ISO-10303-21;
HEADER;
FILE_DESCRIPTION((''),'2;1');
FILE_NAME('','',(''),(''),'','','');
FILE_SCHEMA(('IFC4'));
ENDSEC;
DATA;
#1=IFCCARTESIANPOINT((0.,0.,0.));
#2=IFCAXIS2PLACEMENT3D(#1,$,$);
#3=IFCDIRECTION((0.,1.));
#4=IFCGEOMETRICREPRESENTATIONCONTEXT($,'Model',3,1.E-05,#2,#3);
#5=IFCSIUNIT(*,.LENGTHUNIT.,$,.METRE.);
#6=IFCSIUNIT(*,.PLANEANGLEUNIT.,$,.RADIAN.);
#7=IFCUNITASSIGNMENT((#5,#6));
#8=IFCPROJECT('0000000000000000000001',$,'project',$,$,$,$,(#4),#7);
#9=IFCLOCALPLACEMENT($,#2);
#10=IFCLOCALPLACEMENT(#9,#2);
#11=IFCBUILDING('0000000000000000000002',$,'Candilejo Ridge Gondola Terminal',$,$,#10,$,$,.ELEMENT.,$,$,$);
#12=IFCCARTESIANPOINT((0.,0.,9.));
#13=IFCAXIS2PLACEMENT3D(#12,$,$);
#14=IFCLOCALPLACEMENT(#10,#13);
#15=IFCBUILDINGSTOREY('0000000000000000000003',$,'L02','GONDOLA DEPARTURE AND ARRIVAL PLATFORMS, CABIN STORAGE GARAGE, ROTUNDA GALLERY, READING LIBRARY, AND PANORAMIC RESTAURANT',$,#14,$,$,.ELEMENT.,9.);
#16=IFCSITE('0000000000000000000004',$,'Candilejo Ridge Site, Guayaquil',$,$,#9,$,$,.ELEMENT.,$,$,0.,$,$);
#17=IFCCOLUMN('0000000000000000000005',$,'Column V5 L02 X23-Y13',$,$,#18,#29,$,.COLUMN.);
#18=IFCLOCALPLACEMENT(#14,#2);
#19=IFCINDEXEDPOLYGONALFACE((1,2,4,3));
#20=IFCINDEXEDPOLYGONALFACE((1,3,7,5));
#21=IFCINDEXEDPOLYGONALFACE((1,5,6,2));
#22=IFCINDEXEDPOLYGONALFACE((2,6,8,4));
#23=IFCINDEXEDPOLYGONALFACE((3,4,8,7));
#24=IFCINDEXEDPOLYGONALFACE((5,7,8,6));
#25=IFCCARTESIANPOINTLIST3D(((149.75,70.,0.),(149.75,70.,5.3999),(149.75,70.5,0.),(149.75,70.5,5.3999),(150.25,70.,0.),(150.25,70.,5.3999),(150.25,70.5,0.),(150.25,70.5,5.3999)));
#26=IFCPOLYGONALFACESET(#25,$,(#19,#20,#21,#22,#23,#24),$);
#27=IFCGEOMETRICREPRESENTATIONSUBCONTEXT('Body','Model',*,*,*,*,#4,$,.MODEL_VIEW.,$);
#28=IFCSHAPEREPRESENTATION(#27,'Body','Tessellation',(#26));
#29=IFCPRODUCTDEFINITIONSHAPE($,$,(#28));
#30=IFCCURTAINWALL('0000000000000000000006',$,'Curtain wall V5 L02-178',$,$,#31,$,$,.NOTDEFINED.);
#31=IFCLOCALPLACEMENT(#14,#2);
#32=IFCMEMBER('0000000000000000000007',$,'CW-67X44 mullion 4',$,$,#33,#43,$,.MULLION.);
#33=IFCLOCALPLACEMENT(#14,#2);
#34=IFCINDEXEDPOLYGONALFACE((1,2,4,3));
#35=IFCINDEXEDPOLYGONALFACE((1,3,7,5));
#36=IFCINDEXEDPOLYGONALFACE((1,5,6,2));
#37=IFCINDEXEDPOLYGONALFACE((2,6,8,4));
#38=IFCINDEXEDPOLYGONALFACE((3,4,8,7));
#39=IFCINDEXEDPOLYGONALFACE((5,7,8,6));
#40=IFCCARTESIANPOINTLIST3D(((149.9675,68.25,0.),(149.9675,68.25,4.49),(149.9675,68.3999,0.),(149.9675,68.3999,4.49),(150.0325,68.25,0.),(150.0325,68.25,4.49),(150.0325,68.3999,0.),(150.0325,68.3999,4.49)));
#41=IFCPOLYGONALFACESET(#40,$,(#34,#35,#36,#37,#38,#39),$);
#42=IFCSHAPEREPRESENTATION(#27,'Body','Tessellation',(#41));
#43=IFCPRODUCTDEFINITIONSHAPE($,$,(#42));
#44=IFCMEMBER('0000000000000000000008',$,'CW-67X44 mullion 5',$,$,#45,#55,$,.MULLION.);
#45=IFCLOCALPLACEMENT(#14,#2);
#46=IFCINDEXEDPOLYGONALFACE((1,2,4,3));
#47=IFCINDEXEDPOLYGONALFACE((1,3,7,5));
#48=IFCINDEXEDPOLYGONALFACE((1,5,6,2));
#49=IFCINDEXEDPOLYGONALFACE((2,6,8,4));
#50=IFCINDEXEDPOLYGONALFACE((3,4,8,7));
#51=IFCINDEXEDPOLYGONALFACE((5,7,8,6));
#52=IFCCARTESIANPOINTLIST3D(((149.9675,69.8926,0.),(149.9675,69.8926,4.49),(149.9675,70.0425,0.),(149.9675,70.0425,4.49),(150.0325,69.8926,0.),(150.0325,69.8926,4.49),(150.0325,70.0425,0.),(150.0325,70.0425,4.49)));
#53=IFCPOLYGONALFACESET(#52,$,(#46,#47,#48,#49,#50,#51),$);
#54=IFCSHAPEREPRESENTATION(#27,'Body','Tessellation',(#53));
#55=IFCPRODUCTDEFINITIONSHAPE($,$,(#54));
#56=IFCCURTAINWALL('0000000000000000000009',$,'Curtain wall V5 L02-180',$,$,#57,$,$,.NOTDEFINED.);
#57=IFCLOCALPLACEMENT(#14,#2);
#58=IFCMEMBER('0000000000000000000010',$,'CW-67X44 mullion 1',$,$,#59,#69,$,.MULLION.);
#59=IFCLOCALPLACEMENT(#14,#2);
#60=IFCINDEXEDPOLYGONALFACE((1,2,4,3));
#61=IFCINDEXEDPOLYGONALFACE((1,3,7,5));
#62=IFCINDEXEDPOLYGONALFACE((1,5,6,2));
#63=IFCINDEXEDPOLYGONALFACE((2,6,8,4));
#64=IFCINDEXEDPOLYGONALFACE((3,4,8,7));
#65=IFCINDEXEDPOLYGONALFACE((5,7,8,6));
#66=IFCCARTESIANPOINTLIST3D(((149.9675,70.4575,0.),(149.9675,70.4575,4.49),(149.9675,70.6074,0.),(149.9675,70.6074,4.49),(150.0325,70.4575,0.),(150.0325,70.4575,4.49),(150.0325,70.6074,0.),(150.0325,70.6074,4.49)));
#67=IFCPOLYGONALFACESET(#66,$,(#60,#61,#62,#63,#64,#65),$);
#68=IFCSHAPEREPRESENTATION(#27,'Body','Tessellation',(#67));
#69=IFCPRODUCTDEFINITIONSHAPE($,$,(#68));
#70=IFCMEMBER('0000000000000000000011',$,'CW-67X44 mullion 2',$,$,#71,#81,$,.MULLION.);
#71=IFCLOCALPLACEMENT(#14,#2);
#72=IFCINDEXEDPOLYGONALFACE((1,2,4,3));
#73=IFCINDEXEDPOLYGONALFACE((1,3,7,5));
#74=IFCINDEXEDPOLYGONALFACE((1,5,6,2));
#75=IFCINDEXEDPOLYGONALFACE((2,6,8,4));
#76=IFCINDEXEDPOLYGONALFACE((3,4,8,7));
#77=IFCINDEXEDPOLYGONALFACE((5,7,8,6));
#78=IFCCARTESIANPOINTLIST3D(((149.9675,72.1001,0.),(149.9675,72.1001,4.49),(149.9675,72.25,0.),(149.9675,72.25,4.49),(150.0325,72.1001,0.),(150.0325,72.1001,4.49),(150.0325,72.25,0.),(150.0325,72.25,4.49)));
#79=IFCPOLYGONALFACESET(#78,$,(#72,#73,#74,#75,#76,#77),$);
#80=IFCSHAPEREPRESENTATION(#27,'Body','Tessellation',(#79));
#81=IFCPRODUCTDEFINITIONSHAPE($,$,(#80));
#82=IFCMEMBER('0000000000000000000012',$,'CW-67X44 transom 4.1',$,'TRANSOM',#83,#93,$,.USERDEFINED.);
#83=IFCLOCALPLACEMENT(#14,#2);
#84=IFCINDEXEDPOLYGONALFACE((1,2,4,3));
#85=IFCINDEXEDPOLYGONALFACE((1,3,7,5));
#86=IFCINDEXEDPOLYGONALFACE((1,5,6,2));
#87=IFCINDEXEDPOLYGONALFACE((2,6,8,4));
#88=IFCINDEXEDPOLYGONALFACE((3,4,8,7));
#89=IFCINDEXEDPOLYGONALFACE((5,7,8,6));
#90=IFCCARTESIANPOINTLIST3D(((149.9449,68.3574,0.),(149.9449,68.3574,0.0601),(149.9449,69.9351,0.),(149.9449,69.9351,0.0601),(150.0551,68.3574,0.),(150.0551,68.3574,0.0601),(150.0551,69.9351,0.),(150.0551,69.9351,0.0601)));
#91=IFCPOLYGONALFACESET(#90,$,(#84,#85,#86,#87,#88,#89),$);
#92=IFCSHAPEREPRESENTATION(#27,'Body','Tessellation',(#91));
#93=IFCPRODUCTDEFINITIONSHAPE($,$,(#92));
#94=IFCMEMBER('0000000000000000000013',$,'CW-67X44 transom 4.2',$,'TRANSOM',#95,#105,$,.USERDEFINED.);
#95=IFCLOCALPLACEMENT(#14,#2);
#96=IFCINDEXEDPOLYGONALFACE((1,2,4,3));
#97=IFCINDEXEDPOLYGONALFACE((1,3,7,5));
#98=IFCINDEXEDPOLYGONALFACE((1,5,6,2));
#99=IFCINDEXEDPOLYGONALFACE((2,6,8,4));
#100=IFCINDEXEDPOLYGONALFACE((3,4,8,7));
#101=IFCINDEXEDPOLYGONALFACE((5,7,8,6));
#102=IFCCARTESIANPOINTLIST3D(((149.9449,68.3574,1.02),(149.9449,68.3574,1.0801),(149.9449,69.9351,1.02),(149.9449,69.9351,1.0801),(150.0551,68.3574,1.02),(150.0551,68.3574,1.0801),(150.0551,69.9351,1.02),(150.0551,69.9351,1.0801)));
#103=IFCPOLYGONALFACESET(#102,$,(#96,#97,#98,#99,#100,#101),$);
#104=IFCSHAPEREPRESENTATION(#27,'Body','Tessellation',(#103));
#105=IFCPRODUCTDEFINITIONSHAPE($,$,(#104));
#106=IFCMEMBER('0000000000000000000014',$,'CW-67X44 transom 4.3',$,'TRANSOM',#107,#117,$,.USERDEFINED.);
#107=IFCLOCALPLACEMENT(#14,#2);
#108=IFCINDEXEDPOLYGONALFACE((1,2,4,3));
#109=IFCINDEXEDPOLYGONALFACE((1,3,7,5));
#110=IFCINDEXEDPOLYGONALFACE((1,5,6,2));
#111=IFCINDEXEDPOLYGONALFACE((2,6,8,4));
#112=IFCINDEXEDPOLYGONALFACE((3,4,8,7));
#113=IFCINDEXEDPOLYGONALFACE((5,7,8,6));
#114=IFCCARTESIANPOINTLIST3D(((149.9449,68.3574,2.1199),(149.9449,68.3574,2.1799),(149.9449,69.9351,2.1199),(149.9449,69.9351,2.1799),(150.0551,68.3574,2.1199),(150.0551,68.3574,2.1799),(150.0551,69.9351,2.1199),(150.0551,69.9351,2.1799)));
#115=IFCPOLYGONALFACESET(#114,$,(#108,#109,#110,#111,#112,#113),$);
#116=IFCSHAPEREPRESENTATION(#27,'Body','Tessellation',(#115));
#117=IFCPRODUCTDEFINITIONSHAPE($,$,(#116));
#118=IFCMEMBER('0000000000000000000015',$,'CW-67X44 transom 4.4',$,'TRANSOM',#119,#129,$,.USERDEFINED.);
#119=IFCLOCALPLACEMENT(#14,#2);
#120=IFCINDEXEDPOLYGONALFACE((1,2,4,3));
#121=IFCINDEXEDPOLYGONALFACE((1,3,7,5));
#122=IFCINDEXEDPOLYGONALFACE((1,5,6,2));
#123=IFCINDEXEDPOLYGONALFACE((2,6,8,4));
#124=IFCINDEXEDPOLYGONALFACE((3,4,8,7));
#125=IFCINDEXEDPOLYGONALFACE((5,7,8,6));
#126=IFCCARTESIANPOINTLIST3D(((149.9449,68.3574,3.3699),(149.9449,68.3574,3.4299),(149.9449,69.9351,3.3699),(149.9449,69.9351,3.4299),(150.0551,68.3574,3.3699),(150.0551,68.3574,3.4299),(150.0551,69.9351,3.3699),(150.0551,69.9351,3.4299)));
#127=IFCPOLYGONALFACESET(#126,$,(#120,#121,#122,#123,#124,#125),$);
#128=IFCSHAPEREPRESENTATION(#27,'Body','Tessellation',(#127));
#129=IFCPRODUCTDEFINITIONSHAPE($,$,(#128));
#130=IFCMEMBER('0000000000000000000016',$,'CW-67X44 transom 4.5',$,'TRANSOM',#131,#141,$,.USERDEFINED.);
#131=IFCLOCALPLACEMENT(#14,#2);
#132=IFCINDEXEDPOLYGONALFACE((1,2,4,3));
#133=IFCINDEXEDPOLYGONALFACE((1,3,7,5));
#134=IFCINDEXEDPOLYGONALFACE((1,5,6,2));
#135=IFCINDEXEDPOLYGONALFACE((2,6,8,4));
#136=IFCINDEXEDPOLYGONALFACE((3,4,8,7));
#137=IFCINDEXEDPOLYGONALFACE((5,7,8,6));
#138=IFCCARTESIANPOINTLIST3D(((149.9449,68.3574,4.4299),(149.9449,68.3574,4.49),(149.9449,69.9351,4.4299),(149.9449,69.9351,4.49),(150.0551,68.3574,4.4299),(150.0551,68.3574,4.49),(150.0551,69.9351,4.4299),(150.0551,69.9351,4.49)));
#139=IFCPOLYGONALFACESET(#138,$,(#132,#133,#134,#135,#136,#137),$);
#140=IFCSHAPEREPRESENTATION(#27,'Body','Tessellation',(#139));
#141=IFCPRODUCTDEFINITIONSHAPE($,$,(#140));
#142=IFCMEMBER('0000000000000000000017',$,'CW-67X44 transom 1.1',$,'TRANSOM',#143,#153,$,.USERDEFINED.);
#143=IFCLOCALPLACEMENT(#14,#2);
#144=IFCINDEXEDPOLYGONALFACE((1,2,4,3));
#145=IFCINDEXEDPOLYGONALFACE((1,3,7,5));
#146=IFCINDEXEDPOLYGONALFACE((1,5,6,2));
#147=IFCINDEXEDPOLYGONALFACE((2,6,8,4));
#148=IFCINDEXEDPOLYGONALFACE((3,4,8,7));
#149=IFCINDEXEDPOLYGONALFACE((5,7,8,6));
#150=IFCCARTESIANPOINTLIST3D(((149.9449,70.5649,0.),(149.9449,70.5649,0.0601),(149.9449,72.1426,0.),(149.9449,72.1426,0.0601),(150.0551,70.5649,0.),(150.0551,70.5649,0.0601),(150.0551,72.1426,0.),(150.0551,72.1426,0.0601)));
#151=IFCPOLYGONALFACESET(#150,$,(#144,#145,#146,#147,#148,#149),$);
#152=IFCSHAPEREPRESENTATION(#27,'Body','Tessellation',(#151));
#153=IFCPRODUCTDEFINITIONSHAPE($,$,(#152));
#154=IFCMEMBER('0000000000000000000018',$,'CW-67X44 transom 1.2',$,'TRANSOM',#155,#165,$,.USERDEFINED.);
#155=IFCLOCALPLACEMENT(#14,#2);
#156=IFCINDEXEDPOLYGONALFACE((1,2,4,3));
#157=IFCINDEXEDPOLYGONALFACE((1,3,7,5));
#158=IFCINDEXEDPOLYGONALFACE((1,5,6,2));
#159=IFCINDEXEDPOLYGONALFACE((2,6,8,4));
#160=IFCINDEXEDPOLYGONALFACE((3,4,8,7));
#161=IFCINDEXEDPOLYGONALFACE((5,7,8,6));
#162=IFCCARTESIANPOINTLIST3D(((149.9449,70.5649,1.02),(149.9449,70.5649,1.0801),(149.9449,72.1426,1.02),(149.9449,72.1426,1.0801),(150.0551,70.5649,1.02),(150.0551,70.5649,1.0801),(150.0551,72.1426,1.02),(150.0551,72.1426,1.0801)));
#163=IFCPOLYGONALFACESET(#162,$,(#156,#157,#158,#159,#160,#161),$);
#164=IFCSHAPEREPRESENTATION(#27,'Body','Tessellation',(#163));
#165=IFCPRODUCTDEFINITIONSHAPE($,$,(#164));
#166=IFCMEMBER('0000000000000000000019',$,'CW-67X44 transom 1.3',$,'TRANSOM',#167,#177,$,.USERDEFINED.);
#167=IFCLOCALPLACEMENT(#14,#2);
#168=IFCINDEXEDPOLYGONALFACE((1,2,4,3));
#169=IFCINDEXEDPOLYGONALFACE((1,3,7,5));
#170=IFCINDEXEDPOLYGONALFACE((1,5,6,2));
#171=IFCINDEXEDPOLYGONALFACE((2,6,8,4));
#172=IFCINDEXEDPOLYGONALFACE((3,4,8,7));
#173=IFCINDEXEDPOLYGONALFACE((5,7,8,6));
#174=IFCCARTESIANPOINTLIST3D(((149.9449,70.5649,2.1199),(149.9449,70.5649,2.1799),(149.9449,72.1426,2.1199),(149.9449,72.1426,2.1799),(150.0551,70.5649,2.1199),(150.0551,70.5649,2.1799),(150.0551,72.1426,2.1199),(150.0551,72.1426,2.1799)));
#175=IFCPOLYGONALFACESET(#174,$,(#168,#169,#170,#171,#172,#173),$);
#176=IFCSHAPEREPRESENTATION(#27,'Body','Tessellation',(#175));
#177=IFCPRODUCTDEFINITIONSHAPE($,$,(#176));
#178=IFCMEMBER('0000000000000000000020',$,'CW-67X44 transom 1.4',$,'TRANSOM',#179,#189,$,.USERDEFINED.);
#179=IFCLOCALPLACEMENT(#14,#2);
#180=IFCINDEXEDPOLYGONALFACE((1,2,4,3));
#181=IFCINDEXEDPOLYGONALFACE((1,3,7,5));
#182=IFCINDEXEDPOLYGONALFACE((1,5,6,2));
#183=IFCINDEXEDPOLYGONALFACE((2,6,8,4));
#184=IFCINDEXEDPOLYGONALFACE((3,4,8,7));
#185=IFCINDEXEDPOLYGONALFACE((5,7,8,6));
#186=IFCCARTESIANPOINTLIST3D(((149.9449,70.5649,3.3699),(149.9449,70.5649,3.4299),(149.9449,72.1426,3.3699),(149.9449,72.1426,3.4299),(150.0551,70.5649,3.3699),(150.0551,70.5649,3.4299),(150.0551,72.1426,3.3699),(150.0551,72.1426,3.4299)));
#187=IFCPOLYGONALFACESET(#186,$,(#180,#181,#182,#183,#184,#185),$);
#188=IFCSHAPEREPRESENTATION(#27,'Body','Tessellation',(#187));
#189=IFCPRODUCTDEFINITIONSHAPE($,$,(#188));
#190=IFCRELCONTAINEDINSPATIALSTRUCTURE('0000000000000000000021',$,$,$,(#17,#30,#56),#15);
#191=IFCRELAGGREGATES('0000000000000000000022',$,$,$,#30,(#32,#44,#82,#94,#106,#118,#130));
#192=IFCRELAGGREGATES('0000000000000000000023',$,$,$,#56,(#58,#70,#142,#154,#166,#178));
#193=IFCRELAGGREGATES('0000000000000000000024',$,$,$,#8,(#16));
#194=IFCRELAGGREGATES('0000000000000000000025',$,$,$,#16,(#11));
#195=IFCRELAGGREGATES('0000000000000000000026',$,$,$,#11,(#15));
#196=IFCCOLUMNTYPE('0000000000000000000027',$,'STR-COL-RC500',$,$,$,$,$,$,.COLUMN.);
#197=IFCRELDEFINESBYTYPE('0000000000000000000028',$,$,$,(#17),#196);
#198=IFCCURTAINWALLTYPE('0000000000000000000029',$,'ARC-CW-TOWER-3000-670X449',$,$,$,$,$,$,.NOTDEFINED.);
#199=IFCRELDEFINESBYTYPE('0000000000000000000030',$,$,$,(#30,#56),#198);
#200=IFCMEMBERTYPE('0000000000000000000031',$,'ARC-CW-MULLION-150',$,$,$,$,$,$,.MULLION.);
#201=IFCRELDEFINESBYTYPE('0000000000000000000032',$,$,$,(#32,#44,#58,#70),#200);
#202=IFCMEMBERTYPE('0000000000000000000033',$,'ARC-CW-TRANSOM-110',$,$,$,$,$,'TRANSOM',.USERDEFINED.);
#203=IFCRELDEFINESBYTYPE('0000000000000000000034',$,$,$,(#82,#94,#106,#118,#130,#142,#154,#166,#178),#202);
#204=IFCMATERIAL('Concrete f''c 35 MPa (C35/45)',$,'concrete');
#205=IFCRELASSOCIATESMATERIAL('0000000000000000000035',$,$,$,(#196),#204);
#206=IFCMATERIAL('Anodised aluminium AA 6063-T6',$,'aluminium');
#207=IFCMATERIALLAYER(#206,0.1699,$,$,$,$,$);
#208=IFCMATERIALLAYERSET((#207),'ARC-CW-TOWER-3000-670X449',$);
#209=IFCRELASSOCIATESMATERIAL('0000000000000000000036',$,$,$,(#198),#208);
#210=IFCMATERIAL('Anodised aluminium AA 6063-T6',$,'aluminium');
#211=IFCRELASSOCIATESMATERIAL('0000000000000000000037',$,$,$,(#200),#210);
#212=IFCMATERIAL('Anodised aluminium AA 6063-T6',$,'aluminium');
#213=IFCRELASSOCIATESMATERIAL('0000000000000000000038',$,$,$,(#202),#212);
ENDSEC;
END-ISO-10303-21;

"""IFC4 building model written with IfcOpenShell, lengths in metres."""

from ifc_helpers import new_model, si_unit, direction, frame, origin, origin_2d, place, context, subcontext, project, spatial, rectangle, extrude, material, layer, layer_set, material_profile, profile_set, type_object, element, aggregate, save


model = new_model("IFC4")

# Units and contexts
model_context = context("Model", 3, precision=1e-05, world=origin(), true_north=direction((0.0, 1.0)))
body_context = subcontext(model_context, "Body", "Model", "MODEL_VIEW")
ifc_project = project(units=[si_unit("LENGTHUNIT", "METRE"), si_unit("PLANEANGLEUNIT", "RADIAN")], contexts=[model_context])

# Site, building, storey
site_placement = place(None, origin())
site = spatial("IfcSite", under=ifc_project, at=site_placement, Name="Candilejo Ridge Site, Guayaquil", CompositionType="ELEMENT", RefElevation=0.0)
building_placement = place(site_placement, origin())
building = spatial("IfcBuilding", under=site, at=building_placement, Name="Candilejo Ridge Gondola Terminal", CompositionType="ELEMENT")
storey_placement = place(building_placement, frame((0.0, 0.0, 9.0)))
storey = spatial("IfcBuildingStorey", under=building, at=storey_placement, Name="L02", Description="GONDOLA DEPARTURE AND ARRIVAL PLATFORMS, CABIN STORAGE GARAGE, ROTUNDA GALLERY, READING LIBRARY, AND PANORAMIC RESTAURANT", CompositionType="ELEMENT", Elevation=9.0)

# Column
ifc_material_1 = material(Name="Concrete f'c 35 MPa (C35/45)", Category="concrete")
ifc_material_profile_1 = material_profile(ifc_material_1, rectangle(XDim=0.5, YDim=0.5, at=origin_2d()))
ifc_profile_set_1 = profile_set([ifc_material_profile_1], Name="Concrete f'c 35 MPa (C35/45)")
column_type = type_object("IfcColumnType", Name="STR-COL-RC500", PredefinedType="COLUMN", material=ifc_profile_set_1)
column_placement = place(storey_placement, frame((150.0, 70.25, 0.0), z_axis=(0.0, 0.0, 1.0), x_axis=(1.0, 0.0, 0.0)))
element("IfcColumn", 1, at=column_placement, inside=storey, type_object=column_type, Name="Column V5 L02 X23-Y13", PredefinedType="COLUMN", context=body_context, shape_type="SweptSolid", body=[
    extrude(rectangle(XDim=0.5, YDim=0.5, at=origin_2d()), origin(), (0.0, 0.0, 1.0), 5.3999),
])

# Curtain walls, members
ifc_material_2 = material(Name="Anodised aluminium AA 6063-T6", Category="aluminium")
ifc_layer_1 = layer(ifc_material_2, 0.1699)
ifc_layer_set_1 = layer_set([ifc_layer_1], Name="ARC-CW-TOWER-3000-670X449")
curtain_wall_type = type_object("IfcCurtainWallType", Name="ARC-CW-TOWER-3000-670X449", PredefinedType="NOTDEFINED", material=ifc_layer_set_1)
curtain_wall_1_placement = place(storey_placement, origin())
curtain_wall_1 = element("IfcCurtainWall", 2, at=curtain_wall_1_placement, inside=storey, type_object=curtain_wall_type, Name="Curtain wall V5 L02-178", PredefinedType="NOTDEFINED")
ifc_material_3 = material(Name="Anodised aluminium AA 6063-T6", Category="aluminium")
ifc_material_profile_2 = material_profile(ifc_material_3, rectangle(XDim=0.0649, YDim=0.1499, at=origin_2d()))
ifc_profile_set_2 = profile_set([ifc_material_profile_2], Name="Anodised aluminium AA 6063-T6")
member_type_1 = type_object("IfcMemberType", Name="ARC-CW-MULLION-150", PredefinedType="MULLION", material=ifc_profile_set_2)
member_1_placement = place(storey_placement, frame((150.0, 68.325, 0.0), z_axis=(0.0, 0.0, 1.0), x_axis=(-1.0, 0.0, 0.0)))
member_1 = element("IfcMember", 3, at=member_1_placement, type_object=member_type_1, Name="CW-67X44 mullion 4", PredefinedType="MULLION", context=body_context, shape_type="SweptSolid", body=[
    extrude(rectangle(XDim=0.0649, YDim=0.1499, at=origin_2d()), origin(), (0.0, 0.0, 1.0), 4.49),
])
member_2_placement = place(storey_placement, frame((150.0, 69.9675, 0.0), z_axis=(0.0, 0.0, 1.0), x_axis=(-1.0, 0.0, 0.0)))
member_2 = element("IfcMember", 4, at=member_2_placement, type_object=member_type_1, Name="CW-67X44 mullion 5", PredefinedType="MULLION", context=body_context, shape_type="SweptSolid", body=[
    extrude(rectangle(XDim=0.0649, YDim=0.1499, at=origin_2d()), origin(), (0.0, 0.0, 1.0), 4.49),
])
curtain_wall_2_placement = place(storey_placement, origin())
curtain_wall_2 = element("IfcCurtainWall", 5, at=curtain_wall_2_placement, inside=storey, type_object=curtain_wall_type, Name="Curtain wall V5 L02-180", PredefinedType="NOTDEFINED")
member_3_placement = place(storey_placement, frame((150.0, 70.5325, 0.0), z_axis=(0.0, 0.0, 1.0), x_axis=(-1.0, 0.0, 0.0)))
member_3 = element("IfcMember", 6, at=member_3_placement, type_object=member_type_1, Name="CW-67X44 mullion 1", PredefinedType="MULLION", context=body_context, shape_type="SweptSolid", body=[
    extrude(rectangle(XDim=0.0649, YDim=0.1499, at=origin_2d()), origin(), (0.0, 0.0, 1.0), 4.49),
])
member_4_placement = place(storey_placement, frame((150.0, 72.175, 0.0), z_axis=(0.0, 0.0, 1.0), x_axis=(-1.0, 0.0, 0.0)))
member_4 = element("IfcMember", 7, at=member_4_placement, type_object=member_type_1, Name="CW-67X44 mullion 2", PredefinedType="MULLION", context=body_context, shape_type="SweptSolid", body=[
    extrude(rectangle(XDim=0.0649, YDim=0.1499, at=origin_2d()), origin(), (0.0, 0.0, 1.0), 4.49),
])

# Members
ifc_material_4 = material(Name="Anodised aluminium AA 6063-T6", Category="aluminium")
ifc_material_profile_3 = material_profile(ifc_material_4, rectangle(XDim=0.1101, YDim=0.0601, at=origin_2d()))
ifc_profile_set_3 = profile_set([ifc_material_profile_3], Name="Anodised aluminium AA 6063-T6")
member_type_2 = type_object("IfcMemberType", Name="ARC-CW-TRANSOM-110", ElementType="TRANSOM", PredefinedType="USERDEFINED", material=ifc_profile_set_3)
member_5_placement = place(storey_placement, frame((150.0, 68.3574, 0.03), z_axis=(0.0, 1.0, 0.0), x_axis=(-1.0, 0.0, 0.0)))
member_5 = element("IfcMember", 8, at=member_5_placement, type_object=member_type_2, Name="CW-67X44 transom 4.1", ObjectType="TRANSOM", PredefinedType="USERDEFINED", context=body_context, shape_type="SweptSolid", body=[
    extrude(rectangle(XDim=0.1101, YDim=0.0601, at=origin_2d()), origin(), (0.0, 0.0, 1.0), 1.5776),
])
member_6_placement = place(storey_placement, frame((150.0, 68.3574, 1.05), z_axis=(0.0, 1.0, 0.0), x_axis=(-1.0, 0.0, 0.0)))
member_6 = element("IfcMember", 9, at=member_6_placement, type_object=member_type_2, Name="CW-67X44 transom 4.2", ObjectType="TRANSOM", PredefinedType="USERDEFINED", context=body_context, shape_type="SweptSolid", body=[
    extrude(rectangle(XDim=0.1101, YDim=0.0601, at=origin_2d()), origin(), (0.0, 0.0, 1.0), 1.5776),
])
member_7_placement = place(storey_placement, frame((150.0, 68.3574, 2.1499), z_axis=(0.0, 1.0, 0.0), x_axis=(-1.0, 0.0, 0.0)))
member_7 = element("IfcMember", 10, at=member_7_placement, type_object=member_type_2, Name="CW-67X44 transom 4.3", ObjectType="TRANSOM", PredefinedType="USERDEFINED", context=body_context, shape_type="SweptSolid", body=[
    extrude(rectangle(XDim=0.1101, YDim=0.0601, at=origin_2d()), origin(), (0.0, 0.0, 1.0), 1.5776),
])
member_8_placement = place(storey_placement, frame((150.0, 68.3574, 3.3999), z_axis=(0.0, 1.0, 0.0), x_axis=(-1.0, 0.0, 0.0)))
member_8 = element("IfcMember", 11, at=member_8_placement, type_object=member_type_2, Name="CW-67X44 transom 4.4", ObjectType="TRANSOM", PredefinedType="USERDEFINED", context=body_context, shape_type="SweptSolid", body=[
    extrude(rectangle(XDim=0.1101, YDim=0.0601, at=origin_2d()), origin(), (0.0, 0.0, 1.0), 1.5776),
])
member_9_placement = place(storey_placement, frame((150.0, 68.3574, 4.46), z_axis=(0.0, 1.0, 0.0), x_axis=(-1.0, 0.0, 0.0)))
member_9 = element("IfcMember", 12, at=member_9_placement, type_object=member_type_2, Name="CW-67X44 transom 4.5", ObjectType="TRANSOM", PredefinedType="USERDEFINED", context=body_context, shape_type="SweptSolid", body=[
    extrude(rectangle(XDim=0.1101, YDim=0.0601, at=origin_2d()), origin(), (0.0, 0.0, 1.0), 1.5776),
])
member_10_placement = place(storey_placement, frame((150.0, 70.5649, 0.03), z_axis=(0.0, 1.0, 0.0), x_axis=(-1.0, 0.0, 0.0)))
member_10 = element("IfcMember", 13, at=member_10_placement, type_object=member_type_2, Name="CW-67X44 transom 1.1", ObjectType="TRANSOM", PredefinedType="USERDEFINED", context=body_context, shape_type="SweptSolid", body=[
    extrude(rectangle(XDim=0.1101, YDim=0.0601, at=origin_2d()), origin(), (0.0, 0.0, 1.0), 1.5776),
])
member_11_placement = place(storey_placement, frame((150.0, 70.5649, 1.05), z_axis=(0.0, 1.0, 0.0), x_axis=(-1.0, 0.0, 0.0)))
member_11 = element("IfcMember", 14, at=member_11_placement, type_object=member_type_2, Name="CW-67X44 transom 1.2", ObjectType="TRANSOM", PredefinedType="USERDEFINED", context=body_context, shape_type="SweptSolid", body=[
    extrude(rectangle(XDim=0.1101, YDim=0.0601, at=origin_2d()), origin(), (0.0, 0.0, 1.0), 1.5776),
])
member_12_placement = place(storey_placement, frame((150.0, 70.5649, 2.1499), z_axis=(0.0, 1.0, 0.0), x_axis=(-1.0, 0.0, 0.0)))
member_12 = element("IfcMember", 15, at=member_12_placement, type_object=member_type_2, Name="CW-67X44 transom 1.3", ObjectType="TRANSOM", PredefinedType="USERDEFINED", context=body_context, shape_type="SweptSolid", body=[
    extrude(rectangle(XDim=0.1101, YDim=0.0601, at=origin_2d()), origin(), (0.0, 0.0, 1.0), 1.5776),
])
member_13_placement = place(storey_placement, frame((150.0, 70.5649, 3.3999), z_axis=(0.0, 1.0, 0.0), x_axis=(-1.0, 0.0, 0.0)))
member_13 = element("IfcMember", 16, at=member_13_placement, type_object=member_type_2, Name="CW-67X44 transom 1.4", ObjectType="TRANSOM", PredefinedType="USERDEFINED", context=body_context, shape_type="SweptSolid", body=[
    extrude(rectangle(XDim=0.1101, YDim=0.0601, at=origin_2d()), origin(), (0.0, 0.0, 1.0), 1.5776),
])

aggregate(curtain_wall_1, [member_1, member_2, member_5, member_6, member_7, member_8, member_9])
aggregate(curtain_wall_2, [member_3, member_4, member_10, member_11, member_12, member_13])

save(model, "model.ifc")
